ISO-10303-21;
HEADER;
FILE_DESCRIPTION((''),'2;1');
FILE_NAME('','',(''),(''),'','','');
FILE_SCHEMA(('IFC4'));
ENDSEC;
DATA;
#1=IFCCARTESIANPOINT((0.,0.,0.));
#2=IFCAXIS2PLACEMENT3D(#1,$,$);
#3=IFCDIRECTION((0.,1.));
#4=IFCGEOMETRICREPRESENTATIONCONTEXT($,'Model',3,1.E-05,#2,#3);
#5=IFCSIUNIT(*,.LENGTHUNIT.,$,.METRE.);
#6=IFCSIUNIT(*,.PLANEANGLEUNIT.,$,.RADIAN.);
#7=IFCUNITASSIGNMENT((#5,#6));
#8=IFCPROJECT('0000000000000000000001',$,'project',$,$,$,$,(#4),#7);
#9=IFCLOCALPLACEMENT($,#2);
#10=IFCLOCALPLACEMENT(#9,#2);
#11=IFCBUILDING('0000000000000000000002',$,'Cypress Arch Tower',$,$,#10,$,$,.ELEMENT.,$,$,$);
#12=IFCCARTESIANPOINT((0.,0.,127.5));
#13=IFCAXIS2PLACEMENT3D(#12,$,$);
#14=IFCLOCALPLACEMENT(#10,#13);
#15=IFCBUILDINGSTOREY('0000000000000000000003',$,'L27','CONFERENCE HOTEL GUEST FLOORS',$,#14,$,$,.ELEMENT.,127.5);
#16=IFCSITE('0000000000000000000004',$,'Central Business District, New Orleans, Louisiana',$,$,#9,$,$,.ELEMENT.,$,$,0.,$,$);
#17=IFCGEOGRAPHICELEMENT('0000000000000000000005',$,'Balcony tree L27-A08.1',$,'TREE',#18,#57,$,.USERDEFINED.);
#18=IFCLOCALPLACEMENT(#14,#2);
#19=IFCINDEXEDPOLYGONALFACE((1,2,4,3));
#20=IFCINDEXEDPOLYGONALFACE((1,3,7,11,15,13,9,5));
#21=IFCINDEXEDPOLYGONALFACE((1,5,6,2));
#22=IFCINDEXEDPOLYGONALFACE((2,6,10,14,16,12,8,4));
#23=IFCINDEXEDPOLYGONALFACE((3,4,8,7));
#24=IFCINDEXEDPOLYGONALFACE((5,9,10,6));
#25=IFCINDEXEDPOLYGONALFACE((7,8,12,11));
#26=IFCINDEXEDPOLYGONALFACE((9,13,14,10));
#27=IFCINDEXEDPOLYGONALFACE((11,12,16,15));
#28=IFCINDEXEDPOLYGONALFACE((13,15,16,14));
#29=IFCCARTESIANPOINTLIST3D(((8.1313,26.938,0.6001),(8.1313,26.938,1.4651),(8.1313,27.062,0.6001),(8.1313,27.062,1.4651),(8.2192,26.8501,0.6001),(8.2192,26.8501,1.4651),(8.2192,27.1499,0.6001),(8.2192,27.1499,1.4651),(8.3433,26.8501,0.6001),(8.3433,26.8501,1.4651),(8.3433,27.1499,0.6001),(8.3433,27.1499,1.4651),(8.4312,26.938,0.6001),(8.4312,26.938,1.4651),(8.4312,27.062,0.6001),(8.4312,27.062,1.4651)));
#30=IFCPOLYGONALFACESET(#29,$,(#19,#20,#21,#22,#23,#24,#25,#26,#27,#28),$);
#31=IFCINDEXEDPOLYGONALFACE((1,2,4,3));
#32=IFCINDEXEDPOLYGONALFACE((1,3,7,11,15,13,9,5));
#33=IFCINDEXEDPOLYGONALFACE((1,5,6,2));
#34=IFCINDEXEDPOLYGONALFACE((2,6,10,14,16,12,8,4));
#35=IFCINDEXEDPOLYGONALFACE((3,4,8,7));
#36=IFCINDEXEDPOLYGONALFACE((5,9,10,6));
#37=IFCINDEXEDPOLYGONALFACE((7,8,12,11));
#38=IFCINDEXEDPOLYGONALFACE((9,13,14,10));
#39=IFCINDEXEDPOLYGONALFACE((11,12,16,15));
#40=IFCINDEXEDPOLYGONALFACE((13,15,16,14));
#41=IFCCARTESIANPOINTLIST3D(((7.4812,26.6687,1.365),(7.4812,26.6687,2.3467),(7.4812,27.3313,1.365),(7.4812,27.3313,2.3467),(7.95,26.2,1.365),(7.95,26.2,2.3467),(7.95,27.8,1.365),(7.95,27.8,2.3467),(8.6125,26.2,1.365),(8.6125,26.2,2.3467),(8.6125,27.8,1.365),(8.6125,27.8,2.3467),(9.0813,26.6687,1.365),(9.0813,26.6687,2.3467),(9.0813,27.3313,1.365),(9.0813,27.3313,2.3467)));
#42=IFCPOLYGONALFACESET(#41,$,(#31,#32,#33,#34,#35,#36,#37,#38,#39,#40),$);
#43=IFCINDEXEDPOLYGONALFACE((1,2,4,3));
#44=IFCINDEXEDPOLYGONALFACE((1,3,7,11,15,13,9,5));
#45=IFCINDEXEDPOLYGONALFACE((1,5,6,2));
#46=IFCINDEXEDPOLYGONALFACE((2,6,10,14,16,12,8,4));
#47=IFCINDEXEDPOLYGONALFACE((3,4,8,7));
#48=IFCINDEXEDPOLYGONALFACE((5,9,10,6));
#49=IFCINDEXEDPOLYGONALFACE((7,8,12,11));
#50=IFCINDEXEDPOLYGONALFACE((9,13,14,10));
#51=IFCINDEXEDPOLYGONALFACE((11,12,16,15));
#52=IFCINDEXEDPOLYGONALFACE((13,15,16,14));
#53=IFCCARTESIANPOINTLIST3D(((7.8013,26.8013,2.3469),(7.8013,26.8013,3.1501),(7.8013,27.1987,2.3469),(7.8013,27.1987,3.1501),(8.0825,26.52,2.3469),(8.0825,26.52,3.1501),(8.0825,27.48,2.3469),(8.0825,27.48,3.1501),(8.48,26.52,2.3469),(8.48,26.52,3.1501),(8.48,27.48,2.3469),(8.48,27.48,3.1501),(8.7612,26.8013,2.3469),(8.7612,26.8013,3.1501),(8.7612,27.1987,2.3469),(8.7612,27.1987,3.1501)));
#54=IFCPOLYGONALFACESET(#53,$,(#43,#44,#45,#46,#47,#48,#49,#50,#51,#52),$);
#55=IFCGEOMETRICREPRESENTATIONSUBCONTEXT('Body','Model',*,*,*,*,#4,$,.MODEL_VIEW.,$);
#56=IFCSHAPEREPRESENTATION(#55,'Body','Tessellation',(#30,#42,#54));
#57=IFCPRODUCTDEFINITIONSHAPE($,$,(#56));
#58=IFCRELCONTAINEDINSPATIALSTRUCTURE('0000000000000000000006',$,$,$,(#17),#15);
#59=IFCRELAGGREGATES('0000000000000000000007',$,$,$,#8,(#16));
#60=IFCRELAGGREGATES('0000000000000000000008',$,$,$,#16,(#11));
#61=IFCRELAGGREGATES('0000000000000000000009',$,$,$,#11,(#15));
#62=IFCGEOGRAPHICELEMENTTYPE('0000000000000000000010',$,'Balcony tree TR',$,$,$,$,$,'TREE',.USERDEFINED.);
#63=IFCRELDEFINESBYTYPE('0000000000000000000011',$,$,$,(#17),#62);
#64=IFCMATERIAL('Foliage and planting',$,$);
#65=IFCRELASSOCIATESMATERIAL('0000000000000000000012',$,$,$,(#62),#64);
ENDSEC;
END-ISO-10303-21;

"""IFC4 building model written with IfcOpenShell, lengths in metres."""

from ifc_helpers import new_model, si_unit, direction, frame, origin, place, context, subcontext, project, spatial, polyline, outline, extrude, material, type_object, element, save


model = new_model("IFC4")

# Units and contexts
model_context = context("Model", 3, precision=1e-05, world=origin(), true_north=direction((0.0, 1.0)))
body_context = subcontext(model_context, "Body", "Model", "MODEL_VIEW")
ifc_project = project(units=[si_unit("LENGTHUNIT", "METRE"), si_unit("PLANEANGLEUNIT", "RADIAN")], contexts=[model_context])

# Site, building, storey
site_placement = place(None, origin())
site = spatial("IfcSite", under=ifc_project, at=site_placement, Name="Central Business District, New Orleans, Louisiana", CompositionType="ELEMENT", RefElevation=0.0)
building_placement = place(site_placement, origin())
building = spatial("IfcBuilding", under=site, at=building_placement, Name="Cypress Arch Tower", CompositionType="ELEMENT")
storey_placement = place(building_placement, frame((0.0, 0.0, 127.5)))
storey = spatial("IfcBuildingStorey", under=building, at=storey_placement, Name="L27", Description="CONFERENCE HOTEL GUEST FLOORS", CompositionType="ELEMENT", Elevation=127.5)

# Geographic element
ifc_material_1 = material(Name="Foliage and planting")
geographic_element_type = type_object("IfcGeographicElementType", Name="Balcony tree TR", ElementType="TREE", PredefinedType="USERDEFINED", material=ifc_material_1)
for number, where, z_axis, x_axis, name in (
    (1, (8.2812, 27.0, 0.6001), (0.0, 0.0, 1.0), (1.0, 0.0, 0.0), "Balcony tree L27-A08.1"),
):
    element("IfcGeographicElement", number, at=place(storey_placement, frame(where, z_axis=z_axis, x_axis=x_axis)), inside=storey, type_object=geographic_element_type, Name=name, ObjectType="TREE", PredefinedType="USERDEFINED", context=body_context, shape_type="SweptSolid", body=[
        extrude(outline(polyline([(0.1499, 0.062), (0.062, 0.1499), (-0.062, 0.1499), (-0.1499, 0.062), (-0.1499, -0.062), (-0.062, -0.1499), (0.062, -0.1499), (0.1499, -0.062), (0.1499, 0.062)])), origin(), (0.0, 0.0, 1.0), 0.865),
        extrude(outline(polyline([(0.8, 0.3313), (0.3313, 0.8), (-0.3313, 0.8), (-0.8, 0.3313), (-0.8, -0.3313), (-0.3313, -0.8), (0.3313, -0.8), (0.8, -0.3313), (0.8, 0.3313)])), frame((0.0, 0.0, 0.7649)), (0.0, 0.0, 1.0), 0.9817),
        extrude(outline(polyline([(0.48, 0.1987), (0.1987, 0.48), (-0.1987, 0.48), (-0.48, 0.1987), (-0.48, -0.1987), (-0.1987, -0.48), (0.1987, -0.48), (0.48, -0.1987), (0.48, 0.1987)])), frame((0.0, 0.0, 1.7468)), (0.0, 0.0, 1.0), 0.8032),
    ])

save(model, "model.ifc")
